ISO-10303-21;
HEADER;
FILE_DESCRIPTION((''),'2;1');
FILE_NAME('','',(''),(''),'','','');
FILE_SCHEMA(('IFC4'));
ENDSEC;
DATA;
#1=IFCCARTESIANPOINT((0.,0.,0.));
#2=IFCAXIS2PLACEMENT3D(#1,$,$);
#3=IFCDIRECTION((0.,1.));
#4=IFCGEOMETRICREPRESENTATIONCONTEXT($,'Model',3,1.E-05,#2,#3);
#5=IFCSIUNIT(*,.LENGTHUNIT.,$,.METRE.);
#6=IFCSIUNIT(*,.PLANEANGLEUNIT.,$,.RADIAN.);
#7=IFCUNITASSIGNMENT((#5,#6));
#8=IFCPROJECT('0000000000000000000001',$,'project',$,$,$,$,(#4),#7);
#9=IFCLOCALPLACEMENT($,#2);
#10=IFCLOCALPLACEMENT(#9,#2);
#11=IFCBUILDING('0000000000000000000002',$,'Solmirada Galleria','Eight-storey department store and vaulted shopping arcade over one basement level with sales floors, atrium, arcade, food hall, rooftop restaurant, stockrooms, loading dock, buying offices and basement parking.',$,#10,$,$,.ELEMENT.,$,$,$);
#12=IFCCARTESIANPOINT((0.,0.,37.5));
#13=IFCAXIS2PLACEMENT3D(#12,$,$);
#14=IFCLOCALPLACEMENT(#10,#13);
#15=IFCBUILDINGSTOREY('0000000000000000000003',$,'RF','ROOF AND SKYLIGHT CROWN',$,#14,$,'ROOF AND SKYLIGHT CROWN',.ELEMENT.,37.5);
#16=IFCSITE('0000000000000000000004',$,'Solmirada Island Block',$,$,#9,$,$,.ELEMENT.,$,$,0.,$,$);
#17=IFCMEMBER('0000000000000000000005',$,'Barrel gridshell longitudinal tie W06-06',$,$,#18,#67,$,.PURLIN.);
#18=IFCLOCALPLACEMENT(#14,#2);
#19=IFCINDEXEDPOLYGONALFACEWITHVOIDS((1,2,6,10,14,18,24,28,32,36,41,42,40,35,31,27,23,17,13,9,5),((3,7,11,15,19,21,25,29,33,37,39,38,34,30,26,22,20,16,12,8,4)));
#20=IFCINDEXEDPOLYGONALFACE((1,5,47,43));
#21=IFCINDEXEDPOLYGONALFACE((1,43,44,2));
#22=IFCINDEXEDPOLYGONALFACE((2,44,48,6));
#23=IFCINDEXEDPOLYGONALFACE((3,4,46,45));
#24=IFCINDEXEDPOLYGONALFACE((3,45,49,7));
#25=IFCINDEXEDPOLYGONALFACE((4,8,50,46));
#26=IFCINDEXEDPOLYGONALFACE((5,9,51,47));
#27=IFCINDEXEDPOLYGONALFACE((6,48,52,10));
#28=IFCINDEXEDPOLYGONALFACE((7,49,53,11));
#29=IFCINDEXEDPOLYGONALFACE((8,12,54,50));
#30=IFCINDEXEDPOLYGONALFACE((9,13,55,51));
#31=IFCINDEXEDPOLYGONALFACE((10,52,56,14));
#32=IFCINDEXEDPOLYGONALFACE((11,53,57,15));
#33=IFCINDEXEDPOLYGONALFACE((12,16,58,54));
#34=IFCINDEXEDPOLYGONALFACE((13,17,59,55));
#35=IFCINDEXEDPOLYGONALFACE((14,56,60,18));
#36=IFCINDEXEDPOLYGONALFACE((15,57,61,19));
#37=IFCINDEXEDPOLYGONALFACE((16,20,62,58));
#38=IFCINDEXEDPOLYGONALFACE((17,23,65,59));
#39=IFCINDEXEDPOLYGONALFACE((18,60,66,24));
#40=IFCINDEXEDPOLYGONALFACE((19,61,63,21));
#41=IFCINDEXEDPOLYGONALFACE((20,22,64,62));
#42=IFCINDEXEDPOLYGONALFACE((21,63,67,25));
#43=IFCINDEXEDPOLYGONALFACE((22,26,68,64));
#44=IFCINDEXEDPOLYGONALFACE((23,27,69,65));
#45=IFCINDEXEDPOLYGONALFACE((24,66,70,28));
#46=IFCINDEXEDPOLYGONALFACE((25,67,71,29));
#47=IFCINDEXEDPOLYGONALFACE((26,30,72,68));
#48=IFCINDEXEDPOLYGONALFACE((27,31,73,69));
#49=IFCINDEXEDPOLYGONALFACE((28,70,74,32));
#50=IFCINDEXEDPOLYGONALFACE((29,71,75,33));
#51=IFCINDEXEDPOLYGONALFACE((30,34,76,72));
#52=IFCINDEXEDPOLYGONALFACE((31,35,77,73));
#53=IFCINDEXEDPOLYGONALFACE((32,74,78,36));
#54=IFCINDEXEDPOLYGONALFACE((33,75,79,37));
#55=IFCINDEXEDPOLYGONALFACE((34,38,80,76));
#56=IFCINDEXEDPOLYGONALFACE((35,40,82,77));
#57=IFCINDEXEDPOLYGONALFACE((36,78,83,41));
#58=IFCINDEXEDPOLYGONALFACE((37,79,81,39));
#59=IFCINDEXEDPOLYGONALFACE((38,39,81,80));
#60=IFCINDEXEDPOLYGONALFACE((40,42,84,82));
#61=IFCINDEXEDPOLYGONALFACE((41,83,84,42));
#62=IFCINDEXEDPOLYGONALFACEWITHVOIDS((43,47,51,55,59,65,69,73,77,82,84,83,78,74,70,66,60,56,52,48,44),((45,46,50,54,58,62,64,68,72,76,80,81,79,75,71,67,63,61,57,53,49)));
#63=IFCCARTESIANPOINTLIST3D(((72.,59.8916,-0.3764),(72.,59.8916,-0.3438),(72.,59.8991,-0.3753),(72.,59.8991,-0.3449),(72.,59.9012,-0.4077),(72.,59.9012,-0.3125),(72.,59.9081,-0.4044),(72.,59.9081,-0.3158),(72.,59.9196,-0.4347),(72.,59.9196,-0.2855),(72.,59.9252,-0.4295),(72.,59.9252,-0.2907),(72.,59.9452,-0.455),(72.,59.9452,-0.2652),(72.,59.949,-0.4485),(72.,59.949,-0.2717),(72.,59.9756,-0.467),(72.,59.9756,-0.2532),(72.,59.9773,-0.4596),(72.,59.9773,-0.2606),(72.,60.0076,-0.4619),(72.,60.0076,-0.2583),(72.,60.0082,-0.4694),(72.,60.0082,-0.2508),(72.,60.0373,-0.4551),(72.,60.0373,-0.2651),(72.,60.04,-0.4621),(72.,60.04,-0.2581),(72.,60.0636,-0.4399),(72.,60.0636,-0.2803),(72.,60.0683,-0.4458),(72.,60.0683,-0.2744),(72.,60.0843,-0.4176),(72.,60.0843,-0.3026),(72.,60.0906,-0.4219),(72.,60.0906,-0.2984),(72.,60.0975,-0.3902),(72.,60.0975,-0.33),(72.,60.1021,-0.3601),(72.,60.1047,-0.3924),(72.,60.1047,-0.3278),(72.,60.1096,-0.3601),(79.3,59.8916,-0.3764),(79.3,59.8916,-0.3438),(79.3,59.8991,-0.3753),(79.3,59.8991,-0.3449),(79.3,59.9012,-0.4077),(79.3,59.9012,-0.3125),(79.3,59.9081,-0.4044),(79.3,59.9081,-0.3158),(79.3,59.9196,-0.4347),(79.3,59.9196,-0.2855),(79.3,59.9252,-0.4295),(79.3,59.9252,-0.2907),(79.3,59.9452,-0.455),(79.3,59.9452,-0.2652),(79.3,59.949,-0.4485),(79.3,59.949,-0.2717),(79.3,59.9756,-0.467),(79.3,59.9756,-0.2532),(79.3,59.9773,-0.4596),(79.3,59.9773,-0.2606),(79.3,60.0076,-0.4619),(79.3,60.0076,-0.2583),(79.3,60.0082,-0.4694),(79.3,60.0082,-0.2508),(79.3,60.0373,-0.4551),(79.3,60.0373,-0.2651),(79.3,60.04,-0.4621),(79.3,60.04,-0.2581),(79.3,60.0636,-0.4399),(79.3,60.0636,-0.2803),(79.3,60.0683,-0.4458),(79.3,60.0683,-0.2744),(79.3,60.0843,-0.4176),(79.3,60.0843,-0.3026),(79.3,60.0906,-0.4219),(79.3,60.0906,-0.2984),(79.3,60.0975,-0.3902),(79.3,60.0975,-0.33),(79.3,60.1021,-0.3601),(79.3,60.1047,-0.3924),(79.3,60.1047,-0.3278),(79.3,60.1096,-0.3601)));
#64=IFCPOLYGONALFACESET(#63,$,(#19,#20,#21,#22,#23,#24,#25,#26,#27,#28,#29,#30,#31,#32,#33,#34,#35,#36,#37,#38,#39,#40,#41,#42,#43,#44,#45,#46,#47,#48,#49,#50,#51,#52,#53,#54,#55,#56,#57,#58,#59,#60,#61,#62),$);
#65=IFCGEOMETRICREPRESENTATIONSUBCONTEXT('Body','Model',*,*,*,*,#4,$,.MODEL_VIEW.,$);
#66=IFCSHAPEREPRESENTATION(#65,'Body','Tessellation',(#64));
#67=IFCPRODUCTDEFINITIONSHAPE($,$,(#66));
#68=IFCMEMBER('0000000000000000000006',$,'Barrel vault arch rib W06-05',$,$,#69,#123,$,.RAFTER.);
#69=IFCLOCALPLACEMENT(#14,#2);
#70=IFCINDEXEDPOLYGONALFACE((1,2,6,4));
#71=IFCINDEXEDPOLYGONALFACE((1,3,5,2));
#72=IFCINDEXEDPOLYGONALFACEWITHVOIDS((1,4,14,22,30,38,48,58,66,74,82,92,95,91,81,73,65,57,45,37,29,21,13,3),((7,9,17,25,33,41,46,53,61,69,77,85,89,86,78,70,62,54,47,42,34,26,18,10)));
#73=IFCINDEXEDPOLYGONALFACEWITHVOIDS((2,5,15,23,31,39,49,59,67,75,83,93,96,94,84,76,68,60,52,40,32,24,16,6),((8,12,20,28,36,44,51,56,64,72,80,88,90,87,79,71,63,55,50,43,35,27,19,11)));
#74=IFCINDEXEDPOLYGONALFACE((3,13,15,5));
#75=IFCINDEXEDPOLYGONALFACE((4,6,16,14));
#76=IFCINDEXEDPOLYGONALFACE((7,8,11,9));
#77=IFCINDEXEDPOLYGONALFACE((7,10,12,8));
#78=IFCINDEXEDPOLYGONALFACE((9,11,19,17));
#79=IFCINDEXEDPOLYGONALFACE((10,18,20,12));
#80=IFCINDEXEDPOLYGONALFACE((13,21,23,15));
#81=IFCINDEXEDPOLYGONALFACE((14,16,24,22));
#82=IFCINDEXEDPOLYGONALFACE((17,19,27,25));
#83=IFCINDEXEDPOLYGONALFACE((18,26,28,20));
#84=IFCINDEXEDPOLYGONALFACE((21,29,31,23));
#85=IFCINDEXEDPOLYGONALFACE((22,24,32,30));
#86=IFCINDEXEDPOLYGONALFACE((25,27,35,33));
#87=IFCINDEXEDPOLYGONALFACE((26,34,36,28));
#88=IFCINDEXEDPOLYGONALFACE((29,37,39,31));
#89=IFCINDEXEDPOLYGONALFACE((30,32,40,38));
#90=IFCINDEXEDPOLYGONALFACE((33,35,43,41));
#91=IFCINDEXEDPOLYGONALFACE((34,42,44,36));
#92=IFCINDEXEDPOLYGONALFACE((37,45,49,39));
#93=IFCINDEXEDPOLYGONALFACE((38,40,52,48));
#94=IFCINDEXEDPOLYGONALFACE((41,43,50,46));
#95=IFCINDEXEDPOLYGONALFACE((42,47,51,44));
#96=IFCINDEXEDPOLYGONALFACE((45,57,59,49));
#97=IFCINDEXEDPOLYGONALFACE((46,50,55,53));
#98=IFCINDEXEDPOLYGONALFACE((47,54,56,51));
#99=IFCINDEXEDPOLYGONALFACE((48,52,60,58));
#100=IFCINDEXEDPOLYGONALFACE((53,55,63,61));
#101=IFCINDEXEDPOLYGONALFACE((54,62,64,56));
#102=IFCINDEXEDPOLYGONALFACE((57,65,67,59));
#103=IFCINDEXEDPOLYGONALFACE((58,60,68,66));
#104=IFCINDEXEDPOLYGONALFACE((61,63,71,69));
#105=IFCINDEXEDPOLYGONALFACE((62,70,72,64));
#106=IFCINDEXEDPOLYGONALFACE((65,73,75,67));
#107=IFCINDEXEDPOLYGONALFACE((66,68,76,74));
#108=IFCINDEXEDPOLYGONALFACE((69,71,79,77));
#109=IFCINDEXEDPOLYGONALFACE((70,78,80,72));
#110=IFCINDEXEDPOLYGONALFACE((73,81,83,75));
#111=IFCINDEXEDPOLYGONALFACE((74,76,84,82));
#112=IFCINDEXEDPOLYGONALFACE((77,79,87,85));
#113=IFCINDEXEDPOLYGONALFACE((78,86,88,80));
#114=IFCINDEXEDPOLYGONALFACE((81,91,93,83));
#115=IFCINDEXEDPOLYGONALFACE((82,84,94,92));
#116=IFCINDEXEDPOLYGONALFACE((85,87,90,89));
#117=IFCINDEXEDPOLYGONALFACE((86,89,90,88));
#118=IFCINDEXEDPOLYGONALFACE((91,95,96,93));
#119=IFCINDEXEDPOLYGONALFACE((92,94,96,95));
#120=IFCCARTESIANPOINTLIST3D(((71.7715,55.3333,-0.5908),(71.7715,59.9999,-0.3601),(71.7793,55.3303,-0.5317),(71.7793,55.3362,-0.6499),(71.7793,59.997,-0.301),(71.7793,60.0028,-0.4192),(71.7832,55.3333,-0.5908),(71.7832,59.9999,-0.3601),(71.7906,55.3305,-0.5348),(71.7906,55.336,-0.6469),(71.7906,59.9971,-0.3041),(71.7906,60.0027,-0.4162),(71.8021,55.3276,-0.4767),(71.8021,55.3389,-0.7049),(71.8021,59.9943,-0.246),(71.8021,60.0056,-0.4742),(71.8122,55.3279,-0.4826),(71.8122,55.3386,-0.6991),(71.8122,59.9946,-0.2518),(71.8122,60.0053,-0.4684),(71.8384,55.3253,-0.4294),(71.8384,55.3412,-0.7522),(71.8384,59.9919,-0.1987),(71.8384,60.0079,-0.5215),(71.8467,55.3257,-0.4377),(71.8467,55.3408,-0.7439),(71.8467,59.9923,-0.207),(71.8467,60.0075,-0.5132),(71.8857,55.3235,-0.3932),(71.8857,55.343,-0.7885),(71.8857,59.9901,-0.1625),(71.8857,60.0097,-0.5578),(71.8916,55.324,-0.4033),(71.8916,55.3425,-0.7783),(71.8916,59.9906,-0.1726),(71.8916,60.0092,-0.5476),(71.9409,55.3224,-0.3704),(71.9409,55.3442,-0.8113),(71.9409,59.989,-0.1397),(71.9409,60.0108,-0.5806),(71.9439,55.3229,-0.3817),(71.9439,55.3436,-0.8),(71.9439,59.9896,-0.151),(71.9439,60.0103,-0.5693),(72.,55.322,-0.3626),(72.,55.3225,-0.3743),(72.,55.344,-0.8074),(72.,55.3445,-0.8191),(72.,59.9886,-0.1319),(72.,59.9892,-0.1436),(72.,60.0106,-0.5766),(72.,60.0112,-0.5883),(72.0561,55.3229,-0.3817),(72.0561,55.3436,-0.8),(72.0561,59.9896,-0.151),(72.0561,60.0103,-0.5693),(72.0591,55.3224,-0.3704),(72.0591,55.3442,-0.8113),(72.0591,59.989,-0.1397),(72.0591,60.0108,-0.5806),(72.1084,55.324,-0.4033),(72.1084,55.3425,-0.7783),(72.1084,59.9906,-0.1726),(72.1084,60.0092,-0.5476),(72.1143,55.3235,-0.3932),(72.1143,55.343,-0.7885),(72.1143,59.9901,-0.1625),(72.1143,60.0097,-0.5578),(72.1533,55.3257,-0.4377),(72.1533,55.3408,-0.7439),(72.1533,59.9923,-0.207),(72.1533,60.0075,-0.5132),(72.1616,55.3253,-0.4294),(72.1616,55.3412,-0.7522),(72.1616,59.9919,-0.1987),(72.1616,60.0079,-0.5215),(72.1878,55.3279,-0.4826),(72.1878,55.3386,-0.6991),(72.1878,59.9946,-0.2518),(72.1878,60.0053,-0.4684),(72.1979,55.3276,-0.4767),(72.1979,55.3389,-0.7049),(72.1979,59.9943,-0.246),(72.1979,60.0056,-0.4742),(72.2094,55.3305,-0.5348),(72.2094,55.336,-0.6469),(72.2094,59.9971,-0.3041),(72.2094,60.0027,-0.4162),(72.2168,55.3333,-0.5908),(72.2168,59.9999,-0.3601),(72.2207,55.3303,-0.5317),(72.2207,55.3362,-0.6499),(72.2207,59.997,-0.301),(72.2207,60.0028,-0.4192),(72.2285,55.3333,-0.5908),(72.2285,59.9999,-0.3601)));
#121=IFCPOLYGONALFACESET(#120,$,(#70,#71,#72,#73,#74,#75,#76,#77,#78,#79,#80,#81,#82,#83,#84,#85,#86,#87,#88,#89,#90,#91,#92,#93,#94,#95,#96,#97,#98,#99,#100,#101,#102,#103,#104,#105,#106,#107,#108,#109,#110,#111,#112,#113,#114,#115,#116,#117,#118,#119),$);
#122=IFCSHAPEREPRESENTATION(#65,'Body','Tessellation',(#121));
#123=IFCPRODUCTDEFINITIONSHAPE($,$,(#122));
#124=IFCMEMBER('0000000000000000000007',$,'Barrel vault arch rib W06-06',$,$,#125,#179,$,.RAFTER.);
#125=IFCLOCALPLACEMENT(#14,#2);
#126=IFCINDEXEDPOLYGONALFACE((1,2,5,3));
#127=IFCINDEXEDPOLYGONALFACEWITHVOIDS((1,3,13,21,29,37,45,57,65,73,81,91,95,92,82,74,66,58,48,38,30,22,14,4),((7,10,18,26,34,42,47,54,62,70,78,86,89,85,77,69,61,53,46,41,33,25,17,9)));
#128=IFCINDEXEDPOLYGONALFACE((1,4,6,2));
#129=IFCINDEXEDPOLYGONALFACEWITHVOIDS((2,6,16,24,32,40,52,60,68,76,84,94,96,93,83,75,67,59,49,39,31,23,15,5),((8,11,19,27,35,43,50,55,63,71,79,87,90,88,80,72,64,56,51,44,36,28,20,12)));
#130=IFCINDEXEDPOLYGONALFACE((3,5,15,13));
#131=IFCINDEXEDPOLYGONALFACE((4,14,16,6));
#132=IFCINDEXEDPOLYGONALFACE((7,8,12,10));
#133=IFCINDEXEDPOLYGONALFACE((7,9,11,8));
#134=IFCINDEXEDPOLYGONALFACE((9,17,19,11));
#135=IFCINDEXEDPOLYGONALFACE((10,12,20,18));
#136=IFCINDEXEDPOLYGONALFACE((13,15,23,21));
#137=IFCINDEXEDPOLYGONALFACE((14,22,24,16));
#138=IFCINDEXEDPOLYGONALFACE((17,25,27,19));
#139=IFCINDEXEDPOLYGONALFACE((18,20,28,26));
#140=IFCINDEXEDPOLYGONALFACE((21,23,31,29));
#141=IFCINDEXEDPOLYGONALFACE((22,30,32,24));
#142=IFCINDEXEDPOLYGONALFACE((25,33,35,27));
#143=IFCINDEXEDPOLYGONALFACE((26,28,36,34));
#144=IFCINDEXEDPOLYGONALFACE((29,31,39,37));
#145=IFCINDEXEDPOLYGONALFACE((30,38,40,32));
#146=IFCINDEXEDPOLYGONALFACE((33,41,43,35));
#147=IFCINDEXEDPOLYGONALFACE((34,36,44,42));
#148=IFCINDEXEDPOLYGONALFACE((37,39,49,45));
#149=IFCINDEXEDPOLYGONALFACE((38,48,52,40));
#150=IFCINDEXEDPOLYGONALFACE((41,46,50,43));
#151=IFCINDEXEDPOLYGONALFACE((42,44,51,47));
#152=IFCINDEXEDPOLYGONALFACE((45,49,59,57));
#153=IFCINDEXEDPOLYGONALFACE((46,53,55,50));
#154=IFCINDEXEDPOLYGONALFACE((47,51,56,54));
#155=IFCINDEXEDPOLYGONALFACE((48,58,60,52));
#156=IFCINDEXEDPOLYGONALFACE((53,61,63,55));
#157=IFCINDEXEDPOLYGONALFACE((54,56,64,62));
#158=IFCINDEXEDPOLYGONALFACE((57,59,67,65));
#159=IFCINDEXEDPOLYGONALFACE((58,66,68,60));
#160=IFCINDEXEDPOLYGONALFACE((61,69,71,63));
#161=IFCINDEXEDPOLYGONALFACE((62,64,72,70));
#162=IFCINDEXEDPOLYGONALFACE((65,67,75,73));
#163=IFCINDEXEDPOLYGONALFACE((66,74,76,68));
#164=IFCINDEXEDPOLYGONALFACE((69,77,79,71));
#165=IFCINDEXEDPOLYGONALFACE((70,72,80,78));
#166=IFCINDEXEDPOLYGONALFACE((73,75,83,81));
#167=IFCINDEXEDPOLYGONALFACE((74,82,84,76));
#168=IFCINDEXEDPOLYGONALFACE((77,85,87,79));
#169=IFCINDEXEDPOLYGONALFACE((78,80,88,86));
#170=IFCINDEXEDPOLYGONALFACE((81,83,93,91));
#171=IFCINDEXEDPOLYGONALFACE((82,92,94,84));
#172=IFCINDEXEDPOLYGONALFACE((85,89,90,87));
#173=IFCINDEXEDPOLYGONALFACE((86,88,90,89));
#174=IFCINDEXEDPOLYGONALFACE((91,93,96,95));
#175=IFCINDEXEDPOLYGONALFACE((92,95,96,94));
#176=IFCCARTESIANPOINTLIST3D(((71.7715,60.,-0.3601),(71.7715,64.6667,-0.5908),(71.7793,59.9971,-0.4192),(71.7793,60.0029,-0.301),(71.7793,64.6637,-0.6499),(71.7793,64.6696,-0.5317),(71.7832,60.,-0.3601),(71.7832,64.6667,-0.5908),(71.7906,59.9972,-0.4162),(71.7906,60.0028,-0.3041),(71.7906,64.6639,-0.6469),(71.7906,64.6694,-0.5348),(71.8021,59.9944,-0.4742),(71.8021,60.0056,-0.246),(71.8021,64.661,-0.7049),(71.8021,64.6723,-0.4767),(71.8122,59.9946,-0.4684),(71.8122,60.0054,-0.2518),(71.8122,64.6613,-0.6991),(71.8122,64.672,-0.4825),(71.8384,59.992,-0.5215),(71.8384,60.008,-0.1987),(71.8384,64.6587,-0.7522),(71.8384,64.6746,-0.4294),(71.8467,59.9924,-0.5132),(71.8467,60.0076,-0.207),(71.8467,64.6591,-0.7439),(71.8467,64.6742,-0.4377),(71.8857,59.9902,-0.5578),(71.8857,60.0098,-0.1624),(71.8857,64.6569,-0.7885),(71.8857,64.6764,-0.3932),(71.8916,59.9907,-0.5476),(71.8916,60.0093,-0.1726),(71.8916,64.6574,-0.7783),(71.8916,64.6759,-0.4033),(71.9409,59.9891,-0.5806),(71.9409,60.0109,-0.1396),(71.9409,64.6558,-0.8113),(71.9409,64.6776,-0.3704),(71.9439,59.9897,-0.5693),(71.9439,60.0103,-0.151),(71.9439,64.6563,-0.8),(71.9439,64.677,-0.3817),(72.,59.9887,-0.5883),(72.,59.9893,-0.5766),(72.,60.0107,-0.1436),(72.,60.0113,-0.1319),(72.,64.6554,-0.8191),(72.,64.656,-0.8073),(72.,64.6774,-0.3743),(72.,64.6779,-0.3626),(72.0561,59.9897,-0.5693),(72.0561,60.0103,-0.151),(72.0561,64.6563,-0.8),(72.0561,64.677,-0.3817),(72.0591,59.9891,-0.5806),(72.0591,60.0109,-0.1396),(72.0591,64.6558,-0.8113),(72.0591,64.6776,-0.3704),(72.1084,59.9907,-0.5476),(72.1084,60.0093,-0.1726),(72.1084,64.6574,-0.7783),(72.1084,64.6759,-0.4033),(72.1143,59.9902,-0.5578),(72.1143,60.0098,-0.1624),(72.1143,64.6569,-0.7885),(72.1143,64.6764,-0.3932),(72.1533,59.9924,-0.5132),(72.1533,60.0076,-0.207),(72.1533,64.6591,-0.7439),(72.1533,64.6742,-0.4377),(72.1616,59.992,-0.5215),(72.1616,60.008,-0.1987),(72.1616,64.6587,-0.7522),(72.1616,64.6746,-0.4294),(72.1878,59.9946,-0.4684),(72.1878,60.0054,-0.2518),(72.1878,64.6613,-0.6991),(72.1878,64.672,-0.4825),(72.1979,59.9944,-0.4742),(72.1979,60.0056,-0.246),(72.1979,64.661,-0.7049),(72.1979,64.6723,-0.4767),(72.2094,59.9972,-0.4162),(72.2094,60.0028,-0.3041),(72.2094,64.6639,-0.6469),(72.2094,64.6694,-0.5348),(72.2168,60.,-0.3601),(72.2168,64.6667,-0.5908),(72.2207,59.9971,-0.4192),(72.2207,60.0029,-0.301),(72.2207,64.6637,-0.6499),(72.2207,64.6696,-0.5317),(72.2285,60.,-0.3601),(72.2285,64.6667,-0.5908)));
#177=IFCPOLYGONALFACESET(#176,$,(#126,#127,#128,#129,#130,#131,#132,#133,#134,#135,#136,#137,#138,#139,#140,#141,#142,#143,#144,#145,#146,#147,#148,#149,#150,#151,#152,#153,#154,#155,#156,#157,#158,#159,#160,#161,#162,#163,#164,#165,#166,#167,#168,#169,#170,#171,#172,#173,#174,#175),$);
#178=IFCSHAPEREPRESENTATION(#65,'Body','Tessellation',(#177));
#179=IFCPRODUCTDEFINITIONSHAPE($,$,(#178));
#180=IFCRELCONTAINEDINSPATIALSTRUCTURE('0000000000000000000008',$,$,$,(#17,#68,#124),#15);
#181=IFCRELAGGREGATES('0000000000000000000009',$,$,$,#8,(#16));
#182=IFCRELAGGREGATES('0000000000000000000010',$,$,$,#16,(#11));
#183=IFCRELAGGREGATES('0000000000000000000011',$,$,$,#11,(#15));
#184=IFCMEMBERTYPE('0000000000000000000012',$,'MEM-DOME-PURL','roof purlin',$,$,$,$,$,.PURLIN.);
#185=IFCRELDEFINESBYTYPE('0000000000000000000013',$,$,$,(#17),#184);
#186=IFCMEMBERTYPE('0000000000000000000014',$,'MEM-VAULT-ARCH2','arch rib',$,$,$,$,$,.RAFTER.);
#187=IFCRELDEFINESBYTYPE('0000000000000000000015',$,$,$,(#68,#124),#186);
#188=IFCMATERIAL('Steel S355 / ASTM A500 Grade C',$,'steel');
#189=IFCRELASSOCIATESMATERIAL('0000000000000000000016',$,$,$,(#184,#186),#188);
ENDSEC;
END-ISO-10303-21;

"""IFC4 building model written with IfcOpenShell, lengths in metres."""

from ifc_helpers import new_model, si_unit, direction, frame, origin, origin_2d, place, context, subcontext, project, spatial, hollow_circle, extrude, material, material_profile, profile_set, type_object, element, save


model = new_model("IFC4")

# Units and contexts
model_context = context("Model", 3, precision=1e-05, world=origin(), true_north=direction((0.0, 1.0)))
body_context = subcontext(model_context, "Body", "Model", "MODEL_VIEW")
ifc_project = project(units=[si_unit("LENGTHUNIT", "METRE"), si_unit("PLANEANGLEUNIT", "RADIAN")], contexts=[model_context])

# Site, building, storey
site_placement = place(None, origin())
site = spatial("IfcSite", under=ifc_project, at=site_placement, Name="Solmirada Island Block", CompositionType="ELEMENT", RefElevation=0.0)
building_placement = place(site_placement, origin())
building = spatial("IfcBuilding", under=site, at=building_placement, Name="Solmirada Galleria", Description="Eight-storey department store and vaulted shopping arcade over one basement level with sales floors, atrium, arcade, food hall, rooftop restaurant, stockrooms, loading dock, buying offices and basement parking.", CompositionType="ELEMENT")
storey_placement = place(building_placement, frame((0.0, 0.0, 37.5)))
storey = spatial("IfcBuildingStorey", under=building, at=storey_placement, Name="RF", Description="ROOF AND SKYLIGHT CROWN", LongName="ROOF AND SKYLIGHT CROWN", CompositionType="ELEMENT", Elevation=37.5)

# Members
ifc_material_1 = material(Name="Steel S355 / ASTM A500 Grade C", Category="steel")
ifc_material_profile_1 = material_profile(ifc_material_1, hollow_circle(Radius=0.1096, WallThickness=0.0076, at=origin_2d()), Name="HSS8.625X0.322")
ifc_profile_set_1 = profile_set([ifc_material_profile_1], Name="Steel S355 / ASTM A500 Grade C")
member_type_1 = type_object("IfcMemberType", Name="MEM-DOME-PURL", Description="roof purlin", PredefinedType="PURLIN", material=ifc_profile_set_1)
member_1_placement = place(storey_placement, frame((72.0, 60.0, -0.3601), z_axis=(1.0, 0.0, 0.0), x_axis=(0.0, 1.0, 0.0)))
element("IfcMember", 1, at=member_1_placement, inside=storey, type_object=member_type_1, Name="Barrel gridshell longitudinal tie W06-06", PredefinedType="PURLIN", context=body_context, shape_type="SweptSolid", body=[
    extrude(hollow_circle(Radius=0.1096, WallThickness=0.0076, at=origin_2d()), origin(), (0.0, 0.0, 1.0), 7.3),
])
ifc_material_profile_2 = material_profile(ifc_material_1, hollow_circle(Radius=0.2285, WallThickness=0.0117, at=origin_2d()), Name="HSS18.000X0.500")
ifc_profile_set_2 = profile_set([ifc_material_profile_2], Name="Steel S355 / ASTM A500 Grade C")
member_type_2 = type_object("IfcMemberType", Name="MEM-VAULT-ARCH2", Description="arch rib", PredefinedType="RAFTER", material=ifc_profile_set_2)
for number, where, z_axis, x_axis, name in (
    (2, (72.0, 55.3333, -0.5908), (0.0, 0.99878, 0.049377), (-1.0, 0.0, 0.0), "Barrel vault arch rib W06-05"),
    (3, (72.0, 60.0, -0.3601), (0.0, 0.99878, -0.049377), (-1.0, 0.0, 0.0), "Barrel vault arch rib W06-06"),
):
    element("IfcMember", number, at=place(storey_placement, frame(where, z_axis=z_axis, x_axis=x_axis)), inside=storey, type_object=member_type_2, Name=name, PredefinedType="RAFTER", context=body_context, shape_type="SweptSolid", body=[
        extrude(hollow_circle(Radius=0.2285, WallThickness=0.0117, at=origin_2d()), origin(), (0.0, 0.0, 1.0), 4.6724),
    ])

save(model, "model.ifc")
